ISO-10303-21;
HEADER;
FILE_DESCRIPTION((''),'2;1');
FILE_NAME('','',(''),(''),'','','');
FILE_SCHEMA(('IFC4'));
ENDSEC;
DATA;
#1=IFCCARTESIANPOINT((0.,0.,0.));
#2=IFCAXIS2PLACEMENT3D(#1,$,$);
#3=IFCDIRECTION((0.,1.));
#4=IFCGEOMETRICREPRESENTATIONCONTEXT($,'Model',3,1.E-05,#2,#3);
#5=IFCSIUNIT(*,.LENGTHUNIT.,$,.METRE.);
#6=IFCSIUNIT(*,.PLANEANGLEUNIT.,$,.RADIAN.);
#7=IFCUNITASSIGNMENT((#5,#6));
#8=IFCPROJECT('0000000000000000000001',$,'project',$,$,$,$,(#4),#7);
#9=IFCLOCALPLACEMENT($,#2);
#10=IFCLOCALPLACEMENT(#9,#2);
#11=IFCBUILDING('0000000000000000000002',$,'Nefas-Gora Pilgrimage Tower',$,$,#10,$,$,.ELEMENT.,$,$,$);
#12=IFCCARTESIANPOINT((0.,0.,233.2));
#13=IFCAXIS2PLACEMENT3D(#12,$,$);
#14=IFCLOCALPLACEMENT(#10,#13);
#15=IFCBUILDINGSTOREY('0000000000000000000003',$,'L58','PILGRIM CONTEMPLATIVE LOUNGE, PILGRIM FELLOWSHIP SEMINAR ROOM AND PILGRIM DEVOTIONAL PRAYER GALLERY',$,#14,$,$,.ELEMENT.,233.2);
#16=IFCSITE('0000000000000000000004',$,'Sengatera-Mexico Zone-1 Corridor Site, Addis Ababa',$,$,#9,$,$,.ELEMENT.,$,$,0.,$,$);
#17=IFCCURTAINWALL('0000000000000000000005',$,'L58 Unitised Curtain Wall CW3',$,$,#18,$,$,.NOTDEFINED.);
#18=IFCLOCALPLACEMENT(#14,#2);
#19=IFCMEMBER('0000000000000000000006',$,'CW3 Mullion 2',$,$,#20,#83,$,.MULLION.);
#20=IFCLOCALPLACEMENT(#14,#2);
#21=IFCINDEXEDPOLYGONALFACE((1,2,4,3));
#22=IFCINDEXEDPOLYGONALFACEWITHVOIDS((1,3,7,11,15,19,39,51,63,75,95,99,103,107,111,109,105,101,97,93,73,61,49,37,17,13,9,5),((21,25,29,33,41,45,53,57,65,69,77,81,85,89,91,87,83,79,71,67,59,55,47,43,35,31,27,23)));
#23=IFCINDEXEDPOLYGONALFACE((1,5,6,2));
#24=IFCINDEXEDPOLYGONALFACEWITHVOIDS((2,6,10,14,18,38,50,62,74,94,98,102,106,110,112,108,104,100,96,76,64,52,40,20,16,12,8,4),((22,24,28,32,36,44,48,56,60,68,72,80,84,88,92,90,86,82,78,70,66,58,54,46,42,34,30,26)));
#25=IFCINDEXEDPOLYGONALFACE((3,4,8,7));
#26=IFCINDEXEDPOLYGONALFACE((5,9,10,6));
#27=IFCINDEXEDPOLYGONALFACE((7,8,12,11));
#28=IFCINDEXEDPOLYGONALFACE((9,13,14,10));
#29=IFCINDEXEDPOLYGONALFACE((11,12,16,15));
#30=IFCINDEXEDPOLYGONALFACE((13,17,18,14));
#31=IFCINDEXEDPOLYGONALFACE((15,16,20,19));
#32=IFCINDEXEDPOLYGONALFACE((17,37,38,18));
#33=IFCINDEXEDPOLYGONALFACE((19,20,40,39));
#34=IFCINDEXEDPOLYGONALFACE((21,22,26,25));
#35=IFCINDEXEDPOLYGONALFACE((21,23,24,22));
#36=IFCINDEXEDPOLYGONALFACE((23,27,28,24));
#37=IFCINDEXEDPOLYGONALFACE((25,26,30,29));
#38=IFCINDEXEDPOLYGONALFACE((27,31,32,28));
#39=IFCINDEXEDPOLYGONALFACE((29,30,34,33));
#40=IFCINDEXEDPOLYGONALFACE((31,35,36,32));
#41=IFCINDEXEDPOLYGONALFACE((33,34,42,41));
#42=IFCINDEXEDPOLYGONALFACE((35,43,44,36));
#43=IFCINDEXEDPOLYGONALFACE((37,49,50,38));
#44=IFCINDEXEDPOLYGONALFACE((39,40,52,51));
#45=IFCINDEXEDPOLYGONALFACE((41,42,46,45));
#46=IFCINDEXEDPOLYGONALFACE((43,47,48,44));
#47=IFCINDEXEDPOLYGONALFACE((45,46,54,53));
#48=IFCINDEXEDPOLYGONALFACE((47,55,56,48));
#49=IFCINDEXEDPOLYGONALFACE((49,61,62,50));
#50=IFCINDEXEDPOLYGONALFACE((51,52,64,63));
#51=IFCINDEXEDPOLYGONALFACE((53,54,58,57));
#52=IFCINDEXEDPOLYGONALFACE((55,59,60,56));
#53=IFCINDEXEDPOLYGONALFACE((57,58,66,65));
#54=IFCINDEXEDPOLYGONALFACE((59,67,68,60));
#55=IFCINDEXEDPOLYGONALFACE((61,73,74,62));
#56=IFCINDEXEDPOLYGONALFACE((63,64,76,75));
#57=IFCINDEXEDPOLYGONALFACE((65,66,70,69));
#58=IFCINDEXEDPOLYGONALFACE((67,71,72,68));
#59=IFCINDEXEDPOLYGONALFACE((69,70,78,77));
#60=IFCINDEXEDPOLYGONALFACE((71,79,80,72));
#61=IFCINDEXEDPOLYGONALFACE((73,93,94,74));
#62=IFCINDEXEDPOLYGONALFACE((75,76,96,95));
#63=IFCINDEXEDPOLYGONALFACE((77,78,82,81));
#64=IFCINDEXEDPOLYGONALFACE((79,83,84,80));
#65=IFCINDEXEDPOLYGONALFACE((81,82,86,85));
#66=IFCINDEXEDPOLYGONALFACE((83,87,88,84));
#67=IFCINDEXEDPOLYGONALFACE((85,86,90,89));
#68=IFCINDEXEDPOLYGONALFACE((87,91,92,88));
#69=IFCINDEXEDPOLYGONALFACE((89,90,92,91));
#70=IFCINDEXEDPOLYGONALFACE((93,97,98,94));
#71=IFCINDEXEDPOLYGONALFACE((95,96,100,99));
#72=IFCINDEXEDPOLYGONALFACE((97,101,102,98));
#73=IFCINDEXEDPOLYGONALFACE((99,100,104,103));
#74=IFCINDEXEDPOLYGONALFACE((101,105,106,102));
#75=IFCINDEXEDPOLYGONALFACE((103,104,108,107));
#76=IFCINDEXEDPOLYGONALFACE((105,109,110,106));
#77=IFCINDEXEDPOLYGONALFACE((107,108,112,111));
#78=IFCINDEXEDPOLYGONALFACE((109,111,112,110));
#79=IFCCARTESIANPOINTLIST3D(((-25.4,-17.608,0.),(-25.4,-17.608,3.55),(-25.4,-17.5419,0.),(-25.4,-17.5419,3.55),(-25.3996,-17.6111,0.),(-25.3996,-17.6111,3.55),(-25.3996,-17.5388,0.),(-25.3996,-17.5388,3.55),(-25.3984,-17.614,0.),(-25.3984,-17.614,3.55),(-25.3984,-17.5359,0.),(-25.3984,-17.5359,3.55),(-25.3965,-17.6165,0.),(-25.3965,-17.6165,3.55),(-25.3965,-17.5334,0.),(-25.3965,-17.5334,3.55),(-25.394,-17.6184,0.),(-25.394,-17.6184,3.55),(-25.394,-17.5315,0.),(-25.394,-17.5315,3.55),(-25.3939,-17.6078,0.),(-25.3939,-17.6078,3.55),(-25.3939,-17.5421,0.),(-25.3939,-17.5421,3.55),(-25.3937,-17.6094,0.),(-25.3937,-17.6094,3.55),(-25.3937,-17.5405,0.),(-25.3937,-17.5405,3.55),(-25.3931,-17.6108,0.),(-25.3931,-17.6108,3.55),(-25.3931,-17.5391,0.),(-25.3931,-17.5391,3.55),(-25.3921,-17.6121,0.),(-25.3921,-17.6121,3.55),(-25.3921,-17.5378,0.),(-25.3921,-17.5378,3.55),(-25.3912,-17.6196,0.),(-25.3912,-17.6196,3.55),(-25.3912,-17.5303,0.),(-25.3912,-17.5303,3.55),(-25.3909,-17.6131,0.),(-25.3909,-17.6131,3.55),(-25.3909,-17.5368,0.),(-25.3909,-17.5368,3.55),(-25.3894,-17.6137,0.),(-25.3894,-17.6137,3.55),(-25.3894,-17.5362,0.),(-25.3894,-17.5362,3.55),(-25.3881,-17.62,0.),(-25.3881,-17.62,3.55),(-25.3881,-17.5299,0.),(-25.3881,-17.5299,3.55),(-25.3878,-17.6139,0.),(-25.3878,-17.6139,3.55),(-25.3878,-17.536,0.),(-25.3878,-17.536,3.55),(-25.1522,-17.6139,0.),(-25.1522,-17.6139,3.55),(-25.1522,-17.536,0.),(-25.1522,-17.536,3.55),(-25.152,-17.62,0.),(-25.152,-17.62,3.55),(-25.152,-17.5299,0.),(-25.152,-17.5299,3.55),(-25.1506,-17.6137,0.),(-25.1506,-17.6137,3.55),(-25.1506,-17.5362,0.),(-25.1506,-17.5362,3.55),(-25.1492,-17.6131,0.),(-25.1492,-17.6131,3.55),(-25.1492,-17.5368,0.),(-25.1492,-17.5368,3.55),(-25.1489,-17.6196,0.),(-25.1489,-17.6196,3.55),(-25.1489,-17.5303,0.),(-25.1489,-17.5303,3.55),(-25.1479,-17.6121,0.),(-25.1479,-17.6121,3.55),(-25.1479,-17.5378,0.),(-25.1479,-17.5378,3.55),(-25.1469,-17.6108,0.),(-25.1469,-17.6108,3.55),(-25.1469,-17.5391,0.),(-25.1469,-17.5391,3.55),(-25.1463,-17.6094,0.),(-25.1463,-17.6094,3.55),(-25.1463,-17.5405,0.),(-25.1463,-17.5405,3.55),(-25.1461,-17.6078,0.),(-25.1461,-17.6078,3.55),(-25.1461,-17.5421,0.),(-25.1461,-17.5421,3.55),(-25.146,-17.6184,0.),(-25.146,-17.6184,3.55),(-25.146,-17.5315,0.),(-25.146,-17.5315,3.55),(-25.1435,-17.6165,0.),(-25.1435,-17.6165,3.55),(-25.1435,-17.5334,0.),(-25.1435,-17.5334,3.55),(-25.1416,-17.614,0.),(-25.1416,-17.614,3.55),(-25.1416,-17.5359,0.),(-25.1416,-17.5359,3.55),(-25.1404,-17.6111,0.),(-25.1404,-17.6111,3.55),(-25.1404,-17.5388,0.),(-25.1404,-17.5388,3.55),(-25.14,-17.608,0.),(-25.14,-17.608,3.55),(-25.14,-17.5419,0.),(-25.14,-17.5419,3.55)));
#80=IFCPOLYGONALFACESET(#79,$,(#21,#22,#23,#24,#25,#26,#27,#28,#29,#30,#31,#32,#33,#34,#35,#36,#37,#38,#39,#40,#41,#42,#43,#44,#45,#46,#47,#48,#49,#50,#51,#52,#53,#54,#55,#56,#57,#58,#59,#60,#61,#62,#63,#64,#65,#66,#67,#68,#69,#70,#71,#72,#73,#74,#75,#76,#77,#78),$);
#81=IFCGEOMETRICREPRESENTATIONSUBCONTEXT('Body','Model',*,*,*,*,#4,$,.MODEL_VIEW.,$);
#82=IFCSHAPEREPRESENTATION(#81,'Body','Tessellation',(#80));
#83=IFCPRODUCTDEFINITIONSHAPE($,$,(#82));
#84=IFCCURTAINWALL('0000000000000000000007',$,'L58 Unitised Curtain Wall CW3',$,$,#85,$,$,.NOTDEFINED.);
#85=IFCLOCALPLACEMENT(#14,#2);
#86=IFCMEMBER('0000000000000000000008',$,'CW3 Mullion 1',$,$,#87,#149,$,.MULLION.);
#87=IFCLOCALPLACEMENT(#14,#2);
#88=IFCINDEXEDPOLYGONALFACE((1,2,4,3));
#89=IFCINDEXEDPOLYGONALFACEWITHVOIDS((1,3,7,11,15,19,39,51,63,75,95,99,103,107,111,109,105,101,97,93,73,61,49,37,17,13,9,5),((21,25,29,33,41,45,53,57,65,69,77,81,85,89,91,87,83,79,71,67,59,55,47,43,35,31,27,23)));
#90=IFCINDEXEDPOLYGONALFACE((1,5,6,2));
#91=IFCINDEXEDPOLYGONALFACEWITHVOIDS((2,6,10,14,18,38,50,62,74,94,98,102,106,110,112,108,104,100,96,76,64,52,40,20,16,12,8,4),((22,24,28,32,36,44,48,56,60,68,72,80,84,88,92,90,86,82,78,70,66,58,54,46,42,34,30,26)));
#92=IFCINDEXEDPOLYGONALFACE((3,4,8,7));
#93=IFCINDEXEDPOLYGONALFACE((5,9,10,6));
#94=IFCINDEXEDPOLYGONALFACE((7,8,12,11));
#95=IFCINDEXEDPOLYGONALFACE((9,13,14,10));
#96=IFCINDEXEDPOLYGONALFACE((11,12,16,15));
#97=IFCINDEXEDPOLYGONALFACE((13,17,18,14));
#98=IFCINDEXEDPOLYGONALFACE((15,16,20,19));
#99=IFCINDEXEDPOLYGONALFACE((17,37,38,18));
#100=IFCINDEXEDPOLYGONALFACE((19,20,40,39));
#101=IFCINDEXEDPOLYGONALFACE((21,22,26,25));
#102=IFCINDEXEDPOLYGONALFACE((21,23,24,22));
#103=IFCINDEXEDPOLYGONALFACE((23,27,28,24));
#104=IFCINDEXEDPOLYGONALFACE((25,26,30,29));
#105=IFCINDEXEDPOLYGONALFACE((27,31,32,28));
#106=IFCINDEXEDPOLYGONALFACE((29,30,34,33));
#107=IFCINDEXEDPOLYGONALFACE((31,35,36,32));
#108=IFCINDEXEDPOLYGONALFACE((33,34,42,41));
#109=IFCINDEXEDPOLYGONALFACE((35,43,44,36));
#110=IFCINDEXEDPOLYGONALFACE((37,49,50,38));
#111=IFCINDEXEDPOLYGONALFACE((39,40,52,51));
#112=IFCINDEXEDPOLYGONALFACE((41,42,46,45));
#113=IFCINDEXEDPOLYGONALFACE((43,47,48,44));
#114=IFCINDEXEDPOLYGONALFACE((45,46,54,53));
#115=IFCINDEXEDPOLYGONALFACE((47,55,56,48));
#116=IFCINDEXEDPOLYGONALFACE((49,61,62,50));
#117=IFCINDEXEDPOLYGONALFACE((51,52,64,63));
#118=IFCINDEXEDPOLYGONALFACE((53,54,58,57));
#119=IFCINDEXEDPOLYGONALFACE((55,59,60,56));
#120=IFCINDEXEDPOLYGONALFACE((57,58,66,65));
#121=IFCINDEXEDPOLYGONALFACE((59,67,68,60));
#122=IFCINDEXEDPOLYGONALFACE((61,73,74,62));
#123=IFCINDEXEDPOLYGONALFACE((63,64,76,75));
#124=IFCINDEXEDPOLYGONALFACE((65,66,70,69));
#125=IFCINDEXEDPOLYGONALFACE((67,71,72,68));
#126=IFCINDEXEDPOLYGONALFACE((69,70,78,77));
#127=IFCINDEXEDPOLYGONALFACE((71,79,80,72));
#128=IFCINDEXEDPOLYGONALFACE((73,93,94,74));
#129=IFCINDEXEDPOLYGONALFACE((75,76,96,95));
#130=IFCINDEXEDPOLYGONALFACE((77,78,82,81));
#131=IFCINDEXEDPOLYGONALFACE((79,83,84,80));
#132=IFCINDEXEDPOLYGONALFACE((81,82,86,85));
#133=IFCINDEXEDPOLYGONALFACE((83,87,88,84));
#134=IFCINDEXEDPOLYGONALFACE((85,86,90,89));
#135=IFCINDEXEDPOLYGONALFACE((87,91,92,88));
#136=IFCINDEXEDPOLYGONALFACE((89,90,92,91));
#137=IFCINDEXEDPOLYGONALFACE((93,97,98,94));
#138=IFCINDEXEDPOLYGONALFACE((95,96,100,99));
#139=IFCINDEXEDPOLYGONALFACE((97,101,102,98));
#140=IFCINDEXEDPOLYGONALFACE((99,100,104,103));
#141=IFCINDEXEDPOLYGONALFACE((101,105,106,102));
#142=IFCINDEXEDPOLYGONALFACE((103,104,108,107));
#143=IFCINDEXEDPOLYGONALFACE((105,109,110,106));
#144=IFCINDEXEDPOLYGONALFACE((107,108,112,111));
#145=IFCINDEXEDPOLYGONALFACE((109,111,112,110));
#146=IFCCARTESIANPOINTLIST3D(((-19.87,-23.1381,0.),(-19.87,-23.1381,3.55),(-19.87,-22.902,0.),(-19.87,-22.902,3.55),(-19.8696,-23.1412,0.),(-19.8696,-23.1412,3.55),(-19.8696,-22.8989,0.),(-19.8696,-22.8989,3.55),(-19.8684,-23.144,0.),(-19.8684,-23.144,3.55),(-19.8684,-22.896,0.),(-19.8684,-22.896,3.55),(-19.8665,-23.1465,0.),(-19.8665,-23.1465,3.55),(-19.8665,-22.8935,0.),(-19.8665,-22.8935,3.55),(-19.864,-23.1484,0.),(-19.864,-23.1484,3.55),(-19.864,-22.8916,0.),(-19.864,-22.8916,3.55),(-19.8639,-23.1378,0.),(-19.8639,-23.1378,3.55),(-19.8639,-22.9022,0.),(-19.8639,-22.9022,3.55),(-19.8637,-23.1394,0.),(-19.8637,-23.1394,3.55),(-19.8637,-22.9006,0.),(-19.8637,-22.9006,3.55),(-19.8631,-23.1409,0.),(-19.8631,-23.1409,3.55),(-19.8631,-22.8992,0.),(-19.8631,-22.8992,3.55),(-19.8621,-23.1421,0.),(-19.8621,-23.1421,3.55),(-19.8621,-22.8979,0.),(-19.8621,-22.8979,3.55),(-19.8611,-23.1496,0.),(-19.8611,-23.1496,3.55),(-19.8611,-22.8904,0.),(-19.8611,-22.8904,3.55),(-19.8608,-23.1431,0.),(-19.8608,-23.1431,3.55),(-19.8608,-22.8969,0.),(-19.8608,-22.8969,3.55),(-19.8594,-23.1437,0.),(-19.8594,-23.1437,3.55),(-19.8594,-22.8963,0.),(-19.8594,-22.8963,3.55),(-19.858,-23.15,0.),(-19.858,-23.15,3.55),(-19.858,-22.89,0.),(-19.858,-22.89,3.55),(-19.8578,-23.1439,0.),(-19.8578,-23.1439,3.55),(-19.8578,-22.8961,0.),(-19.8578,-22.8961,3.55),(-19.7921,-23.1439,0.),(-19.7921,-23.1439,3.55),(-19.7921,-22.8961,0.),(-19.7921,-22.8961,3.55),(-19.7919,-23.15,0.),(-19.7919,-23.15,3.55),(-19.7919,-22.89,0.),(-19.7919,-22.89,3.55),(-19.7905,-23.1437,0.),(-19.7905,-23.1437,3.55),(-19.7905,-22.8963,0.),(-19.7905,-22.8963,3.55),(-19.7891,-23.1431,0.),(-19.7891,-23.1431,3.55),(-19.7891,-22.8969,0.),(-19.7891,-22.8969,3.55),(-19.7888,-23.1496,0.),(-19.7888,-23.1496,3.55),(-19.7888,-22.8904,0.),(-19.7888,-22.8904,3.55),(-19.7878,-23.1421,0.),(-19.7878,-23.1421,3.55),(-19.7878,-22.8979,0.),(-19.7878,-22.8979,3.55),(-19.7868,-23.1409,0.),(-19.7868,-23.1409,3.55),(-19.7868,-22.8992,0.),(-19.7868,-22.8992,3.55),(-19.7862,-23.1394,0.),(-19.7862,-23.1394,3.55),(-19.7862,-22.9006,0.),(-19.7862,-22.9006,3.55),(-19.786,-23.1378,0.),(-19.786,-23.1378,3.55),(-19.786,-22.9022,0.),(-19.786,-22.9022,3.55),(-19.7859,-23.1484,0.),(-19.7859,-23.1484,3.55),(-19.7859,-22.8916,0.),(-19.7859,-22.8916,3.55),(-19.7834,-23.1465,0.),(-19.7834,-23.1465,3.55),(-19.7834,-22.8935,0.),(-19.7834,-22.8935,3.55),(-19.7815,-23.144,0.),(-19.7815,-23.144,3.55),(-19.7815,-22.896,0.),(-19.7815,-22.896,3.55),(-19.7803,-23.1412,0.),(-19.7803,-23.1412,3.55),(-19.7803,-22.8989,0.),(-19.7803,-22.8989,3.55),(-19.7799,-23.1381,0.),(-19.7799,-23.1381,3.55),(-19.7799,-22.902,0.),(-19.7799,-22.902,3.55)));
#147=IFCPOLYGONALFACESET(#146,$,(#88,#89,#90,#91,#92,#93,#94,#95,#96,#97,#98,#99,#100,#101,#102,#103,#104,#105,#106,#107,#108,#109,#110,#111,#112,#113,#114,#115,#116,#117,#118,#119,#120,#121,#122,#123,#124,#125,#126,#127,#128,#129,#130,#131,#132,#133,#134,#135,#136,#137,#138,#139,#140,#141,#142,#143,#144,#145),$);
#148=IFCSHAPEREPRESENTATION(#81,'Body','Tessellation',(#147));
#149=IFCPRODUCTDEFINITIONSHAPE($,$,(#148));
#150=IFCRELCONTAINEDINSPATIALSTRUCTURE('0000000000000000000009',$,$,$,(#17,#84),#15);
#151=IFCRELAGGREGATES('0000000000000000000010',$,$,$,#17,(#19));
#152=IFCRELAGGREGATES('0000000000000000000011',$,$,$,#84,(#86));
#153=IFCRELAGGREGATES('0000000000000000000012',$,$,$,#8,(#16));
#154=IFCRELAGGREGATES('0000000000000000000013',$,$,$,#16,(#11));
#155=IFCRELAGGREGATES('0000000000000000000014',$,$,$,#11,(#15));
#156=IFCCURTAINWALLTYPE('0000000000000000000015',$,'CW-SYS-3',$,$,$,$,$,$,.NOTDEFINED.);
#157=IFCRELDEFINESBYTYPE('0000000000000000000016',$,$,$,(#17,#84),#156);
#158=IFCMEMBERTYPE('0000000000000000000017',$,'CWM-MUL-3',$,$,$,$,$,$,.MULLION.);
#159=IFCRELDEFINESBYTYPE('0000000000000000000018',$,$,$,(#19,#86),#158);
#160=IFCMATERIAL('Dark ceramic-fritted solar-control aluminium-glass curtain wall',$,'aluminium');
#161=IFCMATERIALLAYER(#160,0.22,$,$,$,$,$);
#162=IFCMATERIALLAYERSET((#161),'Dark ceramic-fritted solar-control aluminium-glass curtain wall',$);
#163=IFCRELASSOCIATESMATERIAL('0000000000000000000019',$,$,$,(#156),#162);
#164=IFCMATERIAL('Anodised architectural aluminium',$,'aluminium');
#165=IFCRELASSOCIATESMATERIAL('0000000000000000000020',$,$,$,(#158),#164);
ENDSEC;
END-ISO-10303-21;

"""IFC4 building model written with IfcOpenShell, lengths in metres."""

from ifc_helpers import new_model, si_unit, direction, frame, origin, origin_2d, place, context, subcontext, project, spatial, hollow_rectangle, extrude, source, transform, mapped, material, layer, layer_set, material_profile, profile_set, type_object, element, aggregate, save


model = new_model("IFC4")

# Units and contexts
model_context = context("Model", 3, precision=1e-05, world=origin(), true_north=direction((0.0, 1.0)))
body_context = subcontext(model_context, "Body", "Model", "MODEL_VIEW")
ifc_project = project(units=[si_unit("LENGTHUNIT", "METRE"), si_unit("PLANEANGLEUNIT", "RADIAN")], contexts=[model_context])

# Site, building, storey
site_placement = place(None, origin())
site = spatial("IfcSite", under=ifc_project, at=site_placement, Name="Sengatera-Mexico Zone-1 Corridor Site, Addis Ababa", CompositionType="ELEMENT", RefElevation=0.0)
building_placement = place(site_placement, origin())
building = spatial("IfcBuilding", under=site, at=building_placement, Name="Nefas-Gora Pilgrimage Tower", CompositionType="ELEMENT")
storey_placement = place(building_placement, frame((0.0, 0.0, 233.2)))
storey = spatial("IfcBuildingStorey", under=building, at=storey_placement, Name="L58", Description="PILGRIM CONTEMPLATIVE LOUNGE, PILGRIM FELLOWSHIP SEMINAR ROOM AND PILGRIM DEVOTIONAL PRAYER GALLERY", CompositionType="ELEMENT", Elevation=233.2)

# Shared definitions
ifc_material_1 = material(Name="Dark ceramic-fritted solar-control aluminium-glass curtain wall", Category="aluminium")
ifc_material_2 = material(Name="Anodised architectural aluminium", Category="aluminium")

# Curtain wall, member
ifc_layer_1 = layer(ifc_material_1, 0.22)
ifc_layer_set_1 = layer_set([ifc_layer_1], Name="Dark ceramic-fritted solar-control aluminium-glass curtain wall")
curtain_wall_type_1 = type_object("IfcCurtainWallType", Name="CW-SYS-3", PredefinedType="NOTDEFINED", material=ifc_layer_set_1)
curtain_wall_1_placement = place(storey_placement, origin())
curtain_wall_1 = element("IfcCurtainWall", 1, at=curtain_wall_1_placement, inside=storey, type_object=curtain_wall_type_1, Name="L58 Unitised Curtain Wall CW3", PredefinedType="NOTDEFINED")
ifc_material_profile_1 = material_profile(ifc_material_2, hollow_rectangle(XDim=0.0901, YDim=0.26, WallThickness=0.0061, InnerFilletRadius=0.0061, OuterFilletRadius=0.012, at=origin_2d()), Name="ALU MULLION 90x260")
ifc_profile_set_1 = profile_set([ifc_material_profile_1], Name="Anodised architectural aluminium")
member_type_1 = type_object("IfcMemberType", Name="CWM-MUL-3", PredefinedType="MULLION", material=ifc_profile_set_1)
shared_shape_1 = source(origin(), body_context, "Body", "SweptSolid", [
    extrude(hollow_rectangle(XDim=0.0901, YDim=0.26, WallThickness=0.0061, InnerFilletRadius=0.0061, OuterFilletRadius=0.012, at=origin_2d()), origin(), (0.0, 0.0, 1.0), 3.55),
])
member_1_placement = place(storey_placement, frame((-25.27, -17.575, 0.0), z_axis=(0.0, 0.0, 1.0), x_axis=(0.0, -1.0, 0.0)))
member_1 = element("IfcMember", 2, at=member_1_placement, type_object=member_type_1, Name="CW3 Mullion 2", PredefinedType="MULLION", context=body_context, shape_type="MappedRepresentation", body=[
    mapped(shared_shape_1, transform((0.0, 0.0, 0.0), x_axis=(1.0, 0.0, 0.0), y_axis=(0.0, 1.0, 0.0), z_axis=(0.0, 0.0, 1.0), scale=1.0)),
])
aggregate(curtain_wall_1, [member_1])

# Curtain wall, member
curtain_wall_2_placement = place(storey_placement, origin())
curtain_wall_2 = element("IfcCurtainWall", 3, at=curtain_wall_2_placement, inside=storey, type_object=curtain_wall_type_1, Name="L58 Unitised Curtain Wall CW3", PredefinedType="NOTDEFINED")
member_2_placement = place(storey_placement, frame((-19.825, -23.02, 0.0), z_axis=(0.0, 0.0, 1.0), x_axis=(1.0, 0.0, 0.0)))
member_2 = element("IfcMember", 4, at=member_2_placement, type_object=member_type_1, Name="CW3 Mullion 1", PredefinedType="MULLION", context=body_context, shape_type="MappedRepresentation", body=[
    mapped(shared_shape_1, transform((0.0, 0.0, 0.0), x_axis=(1.0, 0.0, 0.0), y_axis=(0.0, 1.0, 0.0), z_axis=(0.0, 0.0, 1.0), scale=1.0)),
])

aggregate(curtain_wall_2, [member_2])

save(model, "model.ifc")
